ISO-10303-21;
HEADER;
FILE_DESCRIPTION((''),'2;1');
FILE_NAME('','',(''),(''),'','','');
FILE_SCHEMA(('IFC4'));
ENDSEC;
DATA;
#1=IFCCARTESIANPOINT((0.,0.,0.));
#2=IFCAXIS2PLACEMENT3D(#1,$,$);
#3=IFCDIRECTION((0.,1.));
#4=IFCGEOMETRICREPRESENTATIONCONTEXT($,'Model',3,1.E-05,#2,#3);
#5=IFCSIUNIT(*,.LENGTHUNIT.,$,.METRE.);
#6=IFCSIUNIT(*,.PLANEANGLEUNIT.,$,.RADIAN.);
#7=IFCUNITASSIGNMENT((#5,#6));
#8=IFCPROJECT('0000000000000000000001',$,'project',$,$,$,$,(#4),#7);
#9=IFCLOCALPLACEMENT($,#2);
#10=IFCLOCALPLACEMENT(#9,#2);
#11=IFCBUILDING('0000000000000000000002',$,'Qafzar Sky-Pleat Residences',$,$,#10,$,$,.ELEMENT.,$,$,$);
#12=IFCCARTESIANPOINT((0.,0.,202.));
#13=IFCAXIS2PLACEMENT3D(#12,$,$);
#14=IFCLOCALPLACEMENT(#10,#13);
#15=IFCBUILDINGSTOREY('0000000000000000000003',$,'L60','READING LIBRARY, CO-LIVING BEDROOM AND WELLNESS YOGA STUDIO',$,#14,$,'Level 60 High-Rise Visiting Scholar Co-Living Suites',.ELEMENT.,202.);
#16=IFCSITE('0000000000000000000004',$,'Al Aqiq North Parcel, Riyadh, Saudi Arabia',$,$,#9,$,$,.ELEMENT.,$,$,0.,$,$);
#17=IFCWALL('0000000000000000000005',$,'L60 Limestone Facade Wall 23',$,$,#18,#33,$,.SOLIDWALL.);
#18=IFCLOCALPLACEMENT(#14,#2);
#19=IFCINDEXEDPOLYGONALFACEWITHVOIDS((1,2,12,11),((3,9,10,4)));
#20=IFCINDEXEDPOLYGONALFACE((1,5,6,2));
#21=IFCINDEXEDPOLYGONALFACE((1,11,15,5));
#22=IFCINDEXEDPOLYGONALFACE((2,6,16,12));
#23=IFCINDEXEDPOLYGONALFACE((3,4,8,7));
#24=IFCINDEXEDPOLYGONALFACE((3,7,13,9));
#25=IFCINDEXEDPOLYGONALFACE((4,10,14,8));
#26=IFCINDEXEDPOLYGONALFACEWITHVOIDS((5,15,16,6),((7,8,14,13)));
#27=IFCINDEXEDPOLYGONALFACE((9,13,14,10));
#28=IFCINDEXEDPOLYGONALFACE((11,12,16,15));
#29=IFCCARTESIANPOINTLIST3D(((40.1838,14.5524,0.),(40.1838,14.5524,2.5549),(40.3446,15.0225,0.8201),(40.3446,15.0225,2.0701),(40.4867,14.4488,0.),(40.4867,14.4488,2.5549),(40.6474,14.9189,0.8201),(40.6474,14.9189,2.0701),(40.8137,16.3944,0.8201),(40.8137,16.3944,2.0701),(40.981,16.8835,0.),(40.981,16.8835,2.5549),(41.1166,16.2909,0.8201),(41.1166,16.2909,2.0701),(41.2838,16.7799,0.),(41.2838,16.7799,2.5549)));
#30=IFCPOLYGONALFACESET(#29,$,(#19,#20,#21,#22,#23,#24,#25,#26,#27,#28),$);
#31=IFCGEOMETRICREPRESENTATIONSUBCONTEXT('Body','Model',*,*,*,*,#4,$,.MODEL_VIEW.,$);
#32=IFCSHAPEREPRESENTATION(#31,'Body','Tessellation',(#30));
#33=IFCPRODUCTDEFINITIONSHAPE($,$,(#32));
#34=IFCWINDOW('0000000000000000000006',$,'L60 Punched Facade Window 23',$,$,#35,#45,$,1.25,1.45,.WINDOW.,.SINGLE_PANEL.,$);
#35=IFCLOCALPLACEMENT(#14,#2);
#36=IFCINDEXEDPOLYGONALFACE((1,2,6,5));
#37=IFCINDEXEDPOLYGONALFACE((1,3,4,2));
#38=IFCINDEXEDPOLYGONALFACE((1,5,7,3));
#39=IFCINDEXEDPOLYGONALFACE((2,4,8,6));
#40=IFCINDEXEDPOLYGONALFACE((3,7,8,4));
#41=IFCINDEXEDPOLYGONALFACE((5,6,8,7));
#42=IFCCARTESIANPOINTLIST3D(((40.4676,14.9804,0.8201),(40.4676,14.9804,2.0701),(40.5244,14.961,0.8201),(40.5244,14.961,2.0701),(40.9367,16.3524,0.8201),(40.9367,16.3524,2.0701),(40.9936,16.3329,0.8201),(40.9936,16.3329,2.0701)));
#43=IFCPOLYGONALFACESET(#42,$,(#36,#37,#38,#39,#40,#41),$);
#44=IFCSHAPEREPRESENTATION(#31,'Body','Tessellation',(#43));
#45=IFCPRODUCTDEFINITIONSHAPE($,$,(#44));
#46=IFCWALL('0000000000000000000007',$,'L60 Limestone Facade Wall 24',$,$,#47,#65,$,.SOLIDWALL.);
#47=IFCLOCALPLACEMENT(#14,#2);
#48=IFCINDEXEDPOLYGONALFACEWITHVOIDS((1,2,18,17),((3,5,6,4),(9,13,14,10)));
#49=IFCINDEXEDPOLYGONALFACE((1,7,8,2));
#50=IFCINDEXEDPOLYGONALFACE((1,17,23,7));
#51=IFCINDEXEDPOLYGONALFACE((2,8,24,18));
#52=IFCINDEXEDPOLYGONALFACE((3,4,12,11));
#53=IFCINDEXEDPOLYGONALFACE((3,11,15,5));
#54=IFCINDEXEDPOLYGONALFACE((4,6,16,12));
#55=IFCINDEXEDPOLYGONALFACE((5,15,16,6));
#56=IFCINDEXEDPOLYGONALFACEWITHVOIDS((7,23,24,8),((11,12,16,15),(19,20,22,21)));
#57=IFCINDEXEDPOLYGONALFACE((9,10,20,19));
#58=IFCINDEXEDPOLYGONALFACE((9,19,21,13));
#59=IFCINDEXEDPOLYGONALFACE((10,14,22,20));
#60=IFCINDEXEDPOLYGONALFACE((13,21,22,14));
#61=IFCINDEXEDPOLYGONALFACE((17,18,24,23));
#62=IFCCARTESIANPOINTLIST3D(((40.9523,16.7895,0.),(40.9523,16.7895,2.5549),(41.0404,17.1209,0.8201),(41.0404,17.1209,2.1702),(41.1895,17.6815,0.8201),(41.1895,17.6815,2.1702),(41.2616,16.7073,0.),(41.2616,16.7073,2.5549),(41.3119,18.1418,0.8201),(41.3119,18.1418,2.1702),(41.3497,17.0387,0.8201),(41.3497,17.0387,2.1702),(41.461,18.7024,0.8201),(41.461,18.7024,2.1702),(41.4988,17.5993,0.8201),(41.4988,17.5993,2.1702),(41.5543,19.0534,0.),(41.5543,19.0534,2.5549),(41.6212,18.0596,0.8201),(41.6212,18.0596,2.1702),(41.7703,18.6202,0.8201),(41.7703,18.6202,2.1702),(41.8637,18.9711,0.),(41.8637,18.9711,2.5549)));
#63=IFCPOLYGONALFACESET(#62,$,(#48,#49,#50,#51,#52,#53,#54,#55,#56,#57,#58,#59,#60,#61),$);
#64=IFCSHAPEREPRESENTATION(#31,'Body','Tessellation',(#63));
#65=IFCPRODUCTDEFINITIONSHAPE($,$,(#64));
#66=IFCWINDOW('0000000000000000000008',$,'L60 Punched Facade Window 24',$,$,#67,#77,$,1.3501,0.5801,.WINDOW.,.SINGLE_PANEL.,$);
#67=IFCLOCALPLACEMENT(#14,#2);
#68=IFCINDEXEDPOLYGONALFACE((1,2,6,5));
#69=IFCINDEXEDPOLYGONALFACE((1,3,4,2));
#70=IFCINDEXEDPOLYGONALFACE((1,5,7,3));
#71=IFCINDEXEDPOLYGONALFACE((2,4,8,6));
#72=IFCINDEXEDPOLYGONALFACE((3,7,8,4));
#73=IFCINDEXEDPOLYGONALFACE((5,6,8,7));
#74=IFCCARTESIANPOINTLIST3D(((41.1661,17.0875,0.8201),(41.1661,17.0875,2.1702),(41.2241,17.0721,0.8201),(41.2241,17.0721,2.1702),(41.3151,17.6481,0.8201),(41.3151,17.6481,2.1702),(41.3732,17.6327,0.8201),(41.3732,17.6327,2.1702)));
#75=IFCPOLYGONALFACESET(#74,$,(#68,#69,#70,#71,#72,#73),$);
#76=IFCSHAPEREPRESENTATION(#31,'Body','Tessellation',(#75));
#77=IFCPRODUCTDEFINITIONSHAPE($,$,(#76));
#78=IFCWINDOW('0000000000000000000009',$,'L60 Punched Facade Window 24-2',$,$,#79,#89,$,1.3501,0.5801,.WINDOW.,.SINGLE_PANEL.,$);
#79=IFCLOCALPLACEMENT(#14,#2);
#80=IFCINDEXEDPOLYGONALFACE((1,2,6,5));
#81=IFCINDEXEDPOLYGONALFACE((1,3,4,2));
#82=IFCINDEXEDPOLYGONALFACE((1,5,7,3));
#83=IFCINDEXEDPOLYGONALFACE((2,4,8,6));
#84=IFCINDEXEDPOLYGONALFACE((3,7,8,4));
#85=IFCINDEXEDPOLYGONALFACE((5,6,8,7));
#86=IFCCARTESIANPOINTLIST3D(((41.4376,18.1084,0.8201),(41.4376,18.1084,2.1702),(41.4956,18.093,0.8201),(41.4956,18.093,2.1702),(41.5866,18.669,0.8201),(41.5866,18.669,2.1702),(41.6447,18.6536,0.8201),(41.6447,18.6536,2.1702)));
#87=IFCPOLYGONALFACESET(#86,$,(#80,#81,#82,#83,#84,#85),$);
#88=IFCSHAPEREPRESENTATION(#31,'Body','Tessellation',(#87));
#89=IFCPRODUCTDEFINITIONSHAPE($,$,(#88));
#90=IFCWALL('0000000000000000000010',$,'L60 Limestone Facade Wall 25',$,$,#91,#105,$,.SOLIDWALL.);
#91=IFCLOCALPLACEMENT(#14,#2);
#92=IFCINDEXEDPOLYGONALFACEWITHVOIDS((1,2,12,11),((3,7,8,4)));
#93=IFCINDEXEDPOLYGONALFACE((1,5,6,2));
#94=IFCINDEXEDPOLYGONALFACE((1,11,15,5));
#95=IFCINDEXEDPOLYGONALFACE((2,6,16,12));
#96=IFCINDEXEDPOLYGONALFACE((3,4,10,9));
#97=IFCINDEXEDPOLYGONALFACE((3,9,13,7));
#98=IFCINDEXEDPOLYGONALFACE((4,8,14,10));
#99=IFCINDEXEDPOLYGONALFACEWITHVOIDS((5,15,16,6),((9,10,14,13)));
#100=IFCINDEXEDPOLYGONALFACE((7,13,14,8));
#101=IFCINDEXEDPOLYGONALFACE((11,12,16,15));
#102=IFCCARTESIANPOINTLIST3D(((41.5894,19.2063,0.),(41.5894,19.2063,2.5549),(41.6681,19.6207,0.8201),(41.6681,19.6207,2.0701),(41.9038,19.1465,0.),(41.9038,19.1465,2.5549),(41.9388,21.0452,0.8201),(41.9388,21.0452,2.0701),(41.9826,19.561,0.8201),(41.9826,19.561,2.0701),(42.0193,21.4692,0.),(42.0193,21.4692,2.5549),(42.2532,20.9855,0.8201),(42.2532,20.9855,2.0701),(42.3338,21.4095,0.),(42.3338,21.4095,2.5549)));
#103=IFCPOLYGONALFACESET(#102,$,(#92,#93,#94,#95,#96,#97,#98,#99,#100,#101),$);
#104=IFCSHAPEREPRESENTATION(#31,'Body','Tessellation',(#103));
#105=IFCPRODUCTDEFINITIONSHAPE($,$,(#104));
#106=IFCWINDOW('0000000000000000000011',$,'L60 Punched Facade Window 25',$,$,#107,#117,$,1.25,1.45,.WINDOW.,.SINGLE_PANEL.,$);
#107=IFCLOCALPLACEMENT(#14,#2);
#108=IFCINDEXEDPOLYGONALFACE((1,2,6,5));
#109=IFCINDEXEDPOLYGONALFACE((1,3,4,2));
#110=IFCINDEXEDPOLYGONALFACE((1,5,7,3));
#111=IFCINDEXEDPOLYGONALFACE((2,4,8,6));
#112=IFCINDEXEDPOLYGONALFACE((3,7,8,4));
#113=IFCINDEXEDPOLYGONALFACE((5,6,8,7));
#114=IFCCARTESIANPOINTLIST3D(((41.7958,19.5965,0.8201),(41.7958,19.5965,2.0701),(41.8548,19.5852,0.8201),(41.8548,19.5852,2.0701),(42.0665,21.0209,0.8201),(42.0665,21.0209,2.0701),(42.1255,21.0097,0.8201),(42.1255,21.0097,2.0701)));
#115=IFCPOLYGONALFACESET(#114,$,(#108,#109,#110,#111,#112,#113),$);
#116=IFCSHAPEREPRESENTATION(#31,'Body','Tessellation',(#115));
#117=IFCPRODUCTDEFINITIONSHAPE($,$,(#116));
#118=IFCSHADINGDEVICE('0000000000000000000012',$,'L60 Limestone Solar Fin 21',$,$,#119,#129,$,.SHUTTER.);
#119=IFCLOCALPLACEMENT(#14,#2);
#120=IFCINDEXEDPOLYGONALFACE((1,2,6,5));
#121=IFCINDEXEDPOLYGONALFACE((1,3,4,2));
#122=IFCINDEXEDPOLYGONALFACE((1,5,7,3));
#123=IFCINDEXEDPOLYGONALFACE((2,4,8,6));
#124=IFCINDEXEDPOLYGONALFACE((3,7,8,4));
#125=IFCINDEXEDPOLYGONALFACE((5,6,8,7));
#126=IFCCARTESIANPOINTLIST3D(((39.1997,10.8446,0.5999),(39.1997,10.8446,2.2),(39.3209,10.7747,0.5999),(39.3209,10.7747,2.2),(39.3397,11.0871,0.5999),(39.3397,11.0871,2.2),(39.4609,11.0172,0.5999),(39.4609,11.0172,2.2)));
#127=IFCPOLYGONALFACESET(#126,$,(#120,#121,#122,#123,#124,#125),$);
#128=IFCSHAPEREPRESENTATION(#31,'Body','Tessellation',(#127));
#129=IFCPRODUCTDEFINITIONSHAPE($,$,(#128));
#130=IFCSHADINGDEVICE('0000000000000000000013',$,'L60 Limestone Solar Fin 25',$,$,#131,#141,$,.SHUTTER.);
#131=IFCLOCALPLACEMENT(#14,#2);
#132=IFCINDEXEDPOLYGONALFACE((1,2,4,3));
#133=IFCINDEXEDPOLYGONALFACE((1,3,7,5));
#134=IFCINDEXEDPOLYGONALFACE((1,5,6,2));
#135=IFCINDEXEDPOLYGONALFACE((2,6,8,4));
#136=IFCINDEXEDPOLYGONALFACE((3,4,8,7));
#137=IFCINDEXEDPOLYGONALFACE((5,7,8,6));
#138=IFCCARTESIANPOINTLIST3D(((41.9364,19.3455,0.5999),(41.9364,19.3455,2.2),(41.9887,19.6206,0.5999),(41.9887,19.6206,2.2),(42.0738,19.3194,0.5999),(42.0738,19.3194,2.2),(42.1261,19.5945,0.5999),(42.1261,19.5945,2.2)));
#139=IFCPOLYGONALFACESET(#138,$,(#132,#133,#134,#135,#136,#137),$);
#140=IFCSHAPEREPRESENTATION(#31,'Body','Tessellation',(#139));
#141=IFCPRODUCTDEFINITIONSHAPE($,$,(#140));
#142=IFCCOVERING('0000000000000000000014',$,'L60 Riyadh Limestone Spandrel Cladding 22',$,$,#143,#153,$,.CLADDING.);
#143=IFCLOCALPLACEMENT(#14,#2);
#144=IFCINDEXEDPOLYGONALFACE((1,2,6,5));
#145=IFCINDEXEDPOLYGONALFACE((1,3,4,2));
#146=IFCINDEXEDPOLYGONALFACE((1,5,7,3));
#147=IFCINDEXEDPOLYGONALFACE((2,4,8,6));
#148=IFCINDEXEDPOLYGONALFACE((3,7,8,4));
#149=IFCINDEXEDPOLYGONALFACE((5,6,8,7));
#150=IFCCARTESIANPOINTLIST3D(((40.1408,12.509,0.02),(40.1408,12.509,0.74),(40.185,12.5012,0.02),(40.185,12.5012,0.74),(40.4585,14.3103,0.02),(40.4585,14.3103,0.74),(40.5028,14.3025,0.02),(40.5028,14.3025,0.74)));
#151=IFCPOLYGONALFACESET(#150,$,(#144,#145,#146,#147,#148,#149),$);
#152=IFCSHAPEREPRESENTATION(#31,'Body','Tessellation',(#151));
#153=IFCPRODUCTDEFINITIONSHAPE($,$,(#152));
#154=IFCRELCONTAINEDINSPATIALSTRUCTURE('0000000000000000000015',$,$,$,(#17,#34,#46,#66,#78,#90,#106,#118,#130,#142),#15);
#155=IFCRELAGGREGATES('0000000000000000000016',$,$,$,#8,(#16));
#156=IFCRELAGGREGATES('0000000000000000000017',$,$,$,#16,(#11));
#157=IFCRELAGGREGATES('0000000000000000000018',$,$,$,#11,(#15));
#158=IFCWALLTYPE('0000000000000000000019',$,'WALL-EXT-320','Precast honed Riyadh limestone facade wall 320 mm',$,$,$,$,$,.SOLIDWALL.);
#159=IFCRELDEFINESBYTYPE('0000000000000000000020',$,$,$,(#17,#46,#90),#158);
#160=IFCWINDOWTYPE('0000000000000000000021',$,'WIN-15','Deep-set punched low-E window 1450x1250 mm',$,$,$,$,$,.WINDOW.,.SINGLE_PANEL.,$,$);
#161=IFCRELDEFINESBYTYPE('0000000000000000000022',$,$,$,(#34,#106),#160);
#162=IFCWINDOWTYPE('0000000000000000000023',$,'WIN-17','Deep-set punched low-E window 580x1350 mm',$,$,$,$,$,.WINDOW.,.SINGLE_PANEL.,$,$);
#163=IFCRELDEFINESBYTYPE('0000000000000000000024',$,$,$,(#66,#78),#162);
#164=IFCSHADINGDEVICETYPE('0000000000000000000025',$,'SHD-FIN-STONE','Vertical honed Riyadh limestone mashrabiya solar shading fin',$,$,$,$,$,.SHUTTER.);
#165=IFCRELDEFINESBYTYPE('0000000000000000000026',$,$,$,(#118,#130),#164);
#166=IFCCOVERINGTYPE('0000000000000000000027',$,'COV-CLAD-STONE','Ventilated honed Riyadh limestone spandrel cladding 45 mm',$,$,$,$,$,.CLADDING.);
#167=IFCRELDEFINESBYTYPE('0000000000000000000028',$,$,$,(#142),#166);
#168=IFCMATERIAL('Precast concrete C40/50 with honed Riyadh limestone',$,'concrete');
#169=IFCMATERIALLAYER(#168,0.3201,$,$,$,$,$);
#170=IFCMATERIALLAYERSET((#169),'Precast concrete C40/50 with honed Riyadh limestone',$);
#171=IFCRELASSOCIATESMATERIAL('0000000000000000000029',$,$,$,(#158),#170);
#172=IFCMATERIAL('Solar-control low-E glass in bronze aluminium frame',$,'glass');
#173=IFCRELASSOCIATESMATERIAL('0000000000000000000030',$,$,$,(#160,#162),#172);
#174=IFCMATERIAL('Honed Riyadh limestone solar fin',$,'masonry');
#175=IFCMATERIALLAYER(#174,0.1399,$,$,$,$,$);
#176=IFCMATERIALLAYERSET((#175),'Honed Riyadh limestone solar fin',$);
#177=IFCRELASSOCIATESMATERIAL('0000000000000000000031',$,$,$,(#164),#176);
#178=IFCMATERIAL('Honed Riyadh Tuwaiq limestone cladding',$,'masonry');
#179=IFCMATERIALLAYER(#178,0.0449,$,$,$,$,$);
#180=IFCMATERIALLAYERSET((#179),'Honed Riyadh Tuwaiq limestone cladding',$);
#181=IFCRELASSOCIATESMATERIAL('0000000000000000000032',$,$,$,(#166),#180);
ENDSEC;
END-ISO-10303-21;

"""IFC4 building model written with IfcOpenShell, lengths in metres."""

from ifc_helpers import new_model, si_unit, direction, frame, frame_2d, origin, origin_2d, place, context, subcontext, project, spatial, rectangle, extrude, source, transform, mapped, material, layer, layer_set, type_object, element, fill, save


model = new_model("IFC4")

# Units and contexts
model_context = context("Model", 3, precision=1e-05, world=origin(), true_north=direction((0.0, 1.0)))
body_context = subcontext(model_context, "Body", "Model", "MODEL_VIEW")
ifc_project = project(units=[si_unit("LENGTHUNIT", "METRE"), si_unit("PLANEANGLEUNIT", "RADIAN")], contexts=[model_context])

# Site, building, storey
site_placement = place(None, origin())
site = spatial("IfcSite", under=ifc_project, at=site_placement, Name="Al Aqiq North Parcel, Riyadh, Saudi Arabia", CompositionType="ELEMENT", RefElevation=0.0)
building_placement = place(site_placement, origin())
building = spatial("IfcBuilding", under=site, at=building_placement, Name="Qafzar Sky-Pleat Residences", CompositionType="ELEMENT")
storey_placement = place(building_placement, frame((0.0, 0.0, 202.0)))
storey = spatial("IfcBuildingStorey", under=building, at=storey_placement, Name="L60", Description="READING LIBRARY, CO-LIVING BEDROOM AND WELLNESS YOGA STUDIO", LongName="Level 60 High-Rise Visiting Scholar Co-Living Suites", CompositionType="ELEMENT", Elevation=202.0)

# Wall, opening, window
ifc_material_1 = material(Name="Precast concrete C40/50 with honed Riyadh limestone", Category="concrete")
ifc_layer_1 = layer(ifc_material_1, 0.3201)
ifc_layer_set_1 = layer_set([ifc_layer_1], Name="Precast concrete C40/50 with honed Riyadh limestone")
wall_type_1 = type_object("IfcWallType", Name="WALL-EXT-320", Description="Precast honed Riyadh limestone facade wall 320 mm", PredefinedType="SOLIDWALL", material=ifc_layer_set_1)
ifc_material_2 = material(Name="Solar-control low-E glass in bronze aluminium frame", Category="glass")
wall_1_placement = place(storey_placement, frame((40.3352, 14.5005, 0.0), z_axis=(0.0, 0.0, 1.0), x_axis=(0.323562, 0.946207, 0.0)))
wall_1 = element("IfcWall", 1, at=wall_1_placement, inside=storey, type_object=wall_type_1, Name="L60 Limestone Facade Wall 23", PredefinedType="SOLIDWALL", context=body_context, shape_type="SweptSolid", body=[
    extrude(rectangle(XDim=2.4636, YDim=0.3201, at=frame_2d((1.2319, 0.0))), origin(), (0.0, 0.0, 1.0), 2.5549),
])
opening_1_placement = place(wall_1_placement, frame((0.4968, 0.0, 0.8201)))
opening_1 = element("IfcOpeningElement", 2, at=opening_1_placement, cuts=wall_1, PredefinedType="OPENING", context=body_context, shape_type="SweptSolid", body=[
    extrude(rectangle(XDim=1.45, YDim=1.25, at=frame_2d((0.7251, 0.625))), frame((0.0, 0.1699, 0.0), z_axis=(0.0, -1.0, 0.0), x_axis=(1.0, 0.0, 0.0)), (0.0, 0.0, 1.0), 0.3401),
])
window_type_1 = type_object("IfcWindowType", Name="WIN-15", Description="Deep-set punched low-E window 1450x1250 mm", PartitioningType="SINGLE_PANEL", PredefinedType="WINDOW", material=ifc_material_2)
shared_shape_1 = source(origin(), body_context, "Body", "SweptSolid", [
    extrude(rectangle(XDim=1.45, YDim=1.25, at=frame_2d((0.7251, 0.625))), frame((0.0, 0.03, 0.0), z_axis=(0.0, -1.0, 0.0), x_axis=(1.0, 0.0, 0.0)), (0.0, 0.0, 1.0), 0.0601),
])
window_1_placement = place(opening_1_placement, origin())
window_1 = element("IfcWindow", 3, at=window_1_placement, inside=storey, type_object=window_type_1, Name="L60 Punched Facade Window 23", OverallHeight=1.25, OverallWidth=1.45, PartitioningType="SINGLE_PANEL", PredefinedType="WINDOW", context=body_context, shape_type="MappedRepresentation", body=[
    mapped(shared_shape_1, transform((0.0, 0.0, 0.0), x_axis=(1.0, 0.0, 0.0), y_axis=(0.0, 1.0, 0.0), z_axis=(0.0, 0.0, 1.0), scale=1.0)),
])
fill(opening_1, window_1)

# Wall, openings, windows
wall_2_placement = place(storey_placement, frame((41.1069, 16.7483, 0.0), z_axis=(0.0, 0.0, 1.0), x_axis=(0.257001, 0.966411, 0.0)))
wall_2 = element("IfcWall", 4, at=wall_2_placement, inside=storey, type_object=wall_type_1, Name="L60 Limestone Facade Wall 24", PredefinedType="SOLIDWALL", context=body_context, shape_type="SweptSolid", body=[
    extrude(rectangle(XDim=2.3425, YDim=0.3201, at=frame_2d((1.1714, 0.0))), origin(), (0.0, 0.0, 1.0), 2.5549),
])
opening_2_placement = place(wall_2_placement, frame((0.343, 0.0, 0.8201)))
opening_2 = element("IfcOpeningElement", 5, at=opening_2_placement, cuts=wall_2, PredefinedType="OPENING", context=body_context, shape_type="SweptSolid", body=[
    extrude(rectangle(XDim=0.5801, YDim=1.3501, at=frame_2d((0.29, 0.675))), frame((0.0, 0.1699, 0.0), z_axis=(0.0, -1.0, 0.0), x_axis=(1.0, 0.0, 0.0)), (0.0, 0.0, 1.0), 0.3401),
])
opening_3_placement = place(wall_2_placement, frame((1.3994, 0.0, 0.8201)))
opening_3 = element("IfcOpeningElement", 6, at=opening_3_placement, cuts=wall_2, PredefinedType="OPENING", context=body_context, shape_type="SweptSolid", body=[
    extrude(rectangle(XDim=0.5801, YDim=1.3501, at=frame_2d((0.29, 0.675))), frame((0.0, 0.1699, 0.0), z_axis=(0.0, -1.0, 0.0), x_axis=(1.0, 0.0, 0.0)), (0.0, 0.0, 1.0), 0.3401),
])
window_type_2 = type_object("IfcWindowType", Name="WIN-17", Description="Deep-set punched low-E window 580x1350 mm", PartitioningType="SINGLE_PANEL", PredefinedType="WINDOW", material=ifc_material_2)
shared_shape_2 = source(origin(), body_context, "Body", "SweptSolid", [
    extrude(rectangle(XDim=0.5801, YDim=1.3501, at=frame_2d((0.29, 0.675))), frame((0.0, 0.03, 0.0), z_axis=(0.0, -1.0, 0.0), x_axis=(1.0, 0.0, 0.0)), (0.0, 0.0, 1.0), 0.0601),
])
window_2_placement = place(opening_2_placement, origin())
window_2 = element("IfcWindow", 7, at=window_2_placement, inside=storey, type_object=window_type_2, Name="L60 Punched Facade Window 24", OverallHeight=1.3501, OverallWidth=0.5801, PartitioningType="SINGLE_PANEL", PredefinedType="WINDOW", context=body_context, shape_type="MappedRepresentation", body=[
    mapped(shared_shape_2, transform((0.0, 0.0, 0.0), x_axis=(1.0, 0.0, 0.0), y_axis=(0.0, 1.0, 0.0), z_axis=(0.0, 0.0, 1.0), scale=1.0)),
])
fill(opening_2, window_2)
window_3_placement = place(opening_3_placement, origin())
window_3 = element("IfcWindow", 8, at=window_3_placement, inside=storey, type_object=window_type_2, Name="L60 Punched Facade Window 24-2", OverallHeight=1.3501, OverallWidth=0.5801, PartitioningType="SINGLE_PANEL", PredefinedType="WINDOW", context=body_context, shape_type="MappedRepresentation", body=[
    mapped(shared_shape_2, transform((0.0, 0.0, 0.0), x_axis=(1.0, 0.0, 0.0), y_axis=(0.0, 1.0, 0.0), z_axis=(0.0, 0.0, 1.0), scale=1.0)),
])
fill(opening_3, window_3)

# Wall, opening, window
wall_3_placement = place(storey_placement, frame((41.7466, 19.1763, 0.0), z_axis=(0.0, 0.0, 1.0), x_axis=(0.186649, 0.982427, 0.0)))
wall_3 = element("IfcWall", 9, at=wall_3_placement, inside=storey, type_object=wall_type_1, Name="L60 Limestone Facade Wall 25", PredefinedType="SOLIDWALL", context=body_context, shape_type="SweptSolid", body=[
    extrude(rectangle(XDim=2.3035, YDim=0.3201, at=frame_2d((1.1519, 0.0))), origin(), (0.0, 0.0, 1.0), 2.5549),
])
opening_4_placement = place(wall_3_placement, frame((0.4219, 0.0, 0.8201)))
opening_4 = element("IfcOpeningElement", 10, at=opening_4_placement, cuts=wall_3, PredefinedType="OPENING", context=body_context, shape_type="SweptSolid", body=[
    extrude(rectangle(XDim=1.45, YDim=1.25, at=frame_2d((0.7251, 0.625))), frame((0.0, 0.1699, 0.0), z_axis=(0.0, -1.0, 0.0), x_axis=(1.0, 0.0, 0.0)), (0.0, 0.0, 1.0), 0.3401),
])
window_4_placement = place(opening_4_placement, origin())
window_4 = element("IfcWindow", 11, at=window_4_placement, inside=storey, type_object=window_type_1, Name="L60 Punched Facade Window 25", OverallHeight=1.25, OverallWidth=1.45, PartitioningType="SINGLE_PANEL", PredefinedType="WINDOW", context=body_context, shape_type="MappedRepresentation", body=[
    mapped(shared_shape_1, transform((0.0, 0.0, 0.0), x_axis=(1.0, 0.0, 0.0), y_axis=(0.0, 1.0, 0.0), z_axis=(0.0, 0.0, 1.0), scale=1.0)),
])
fill(opening_4, window_4)

# Shading devices
ifc_material_3 = material(Name="Honed Riyadh limestone solar fin", Category="masonry")
ifc_layer_2 = layer(ifc_material_3, 0.1399)
ifc_layer_set_2 = layer_set([ifc_layer_2], Name="Honed Riyadh limestone solar fin")
shading_device_type = type_object("IfcShadingDeviceType", Name="SHD-FIN-STONE", Description="Vertical honed Riyadh limestone mashrabiya solar shading fin", PredefinedType="SHUTTER", material=ifc_layer_set_2)
shared_shape_3 = source(origin(), body_context, "Body", "SweptSolid", [
    extrude(rectangle(XDim=0.1399, YDim=0.28, at=origin_2d()), origin(), (0.0, 0.0, 1.0), 1.6001),
])
for number, where, z_axis, x_axis, name in (
    (12, (39.3303, 10.9309, 0.5999), (0.0, 0.0, 1.0), (0.866044, -0.499967, 0.0), "L60 Limestone Solar Fin 21"),
    (13, (42.0312, 19.47, 0.5999), (0.0, 0.0, 1.0), (0.982423, -0.186669, 0.0), "L60 Limestone Solar Fin 25"),
):
    element("IfcShadingDevice", number, at=place(storey_placement, frame(where, z_axis=z_axis, x_axis=x_axis)), inside=storey, type_object=shading_device_type, Name=name, PredefinedType="SHUTTER", context=body_context, shape_type="MappedRepresentation", body=[
        mapped(shared_shape_3, transform((0.0, 0.0, 0.0), x_axis=(1.0, 0.0, 0.0), y_axis=(0.0, 1.0, 0.0), z_axis=(0.0, 0.0, 1.0), scale=1.0)),
    ])

# Covering
ifc_material_4 = material(Name="Honed Riyadh Tuwaiq limestone cladding", Category="masonry")
ifc_layer_3 = layer(ifc_material_4, 0.0449)
ifc_layer_set_3 = layer_set([ifc_layer_3], Name="Honed Riyadh Tuwaiq limestone cladding")
covering_type = type_object("IfcCoveringType", Name="COV-CLAD-STONE", Description="Ventilated honed Riyadh limestone spandrel cladding 45 mm", PredefinedType="CLADDING", material=ifc_layer_set_3)
shared_shape_4 = source(origin(), body_context, "Body", "SweptSolid", [
    extrude(rectangle(XDim=1.8291, YDim=0.0449, at=origin_2d()), origin(), (0.0, 0.0, 1.0), 0.72),
])
covering_placement = place(storey_placement, frame((40.3218, 13.4058, 0.02), z_axis=(0.0, 0.0, 1.0), x_axis=(0.173696, 0.984799, 0.0)))
element("IfcCovering", 14, at=covering_placement, inside=storey, type_object=covering_type, Name="L60 Riyadh Limestone Spandrel Cladding 22", PredefinedType="CLADDING", context=body_context, shape_type="MappedRepresentation", body=[
    mapped(shared_shape_4, transform((0.0, 0.0, 0.0), x_axis=(1.0, 0.0, 0.0), y_axis=(0.0, 1.0, 0.0), z_axis=(0.0, 0.0, 1.0), scale=1.0)),
])

save(model, "model.ifc")
